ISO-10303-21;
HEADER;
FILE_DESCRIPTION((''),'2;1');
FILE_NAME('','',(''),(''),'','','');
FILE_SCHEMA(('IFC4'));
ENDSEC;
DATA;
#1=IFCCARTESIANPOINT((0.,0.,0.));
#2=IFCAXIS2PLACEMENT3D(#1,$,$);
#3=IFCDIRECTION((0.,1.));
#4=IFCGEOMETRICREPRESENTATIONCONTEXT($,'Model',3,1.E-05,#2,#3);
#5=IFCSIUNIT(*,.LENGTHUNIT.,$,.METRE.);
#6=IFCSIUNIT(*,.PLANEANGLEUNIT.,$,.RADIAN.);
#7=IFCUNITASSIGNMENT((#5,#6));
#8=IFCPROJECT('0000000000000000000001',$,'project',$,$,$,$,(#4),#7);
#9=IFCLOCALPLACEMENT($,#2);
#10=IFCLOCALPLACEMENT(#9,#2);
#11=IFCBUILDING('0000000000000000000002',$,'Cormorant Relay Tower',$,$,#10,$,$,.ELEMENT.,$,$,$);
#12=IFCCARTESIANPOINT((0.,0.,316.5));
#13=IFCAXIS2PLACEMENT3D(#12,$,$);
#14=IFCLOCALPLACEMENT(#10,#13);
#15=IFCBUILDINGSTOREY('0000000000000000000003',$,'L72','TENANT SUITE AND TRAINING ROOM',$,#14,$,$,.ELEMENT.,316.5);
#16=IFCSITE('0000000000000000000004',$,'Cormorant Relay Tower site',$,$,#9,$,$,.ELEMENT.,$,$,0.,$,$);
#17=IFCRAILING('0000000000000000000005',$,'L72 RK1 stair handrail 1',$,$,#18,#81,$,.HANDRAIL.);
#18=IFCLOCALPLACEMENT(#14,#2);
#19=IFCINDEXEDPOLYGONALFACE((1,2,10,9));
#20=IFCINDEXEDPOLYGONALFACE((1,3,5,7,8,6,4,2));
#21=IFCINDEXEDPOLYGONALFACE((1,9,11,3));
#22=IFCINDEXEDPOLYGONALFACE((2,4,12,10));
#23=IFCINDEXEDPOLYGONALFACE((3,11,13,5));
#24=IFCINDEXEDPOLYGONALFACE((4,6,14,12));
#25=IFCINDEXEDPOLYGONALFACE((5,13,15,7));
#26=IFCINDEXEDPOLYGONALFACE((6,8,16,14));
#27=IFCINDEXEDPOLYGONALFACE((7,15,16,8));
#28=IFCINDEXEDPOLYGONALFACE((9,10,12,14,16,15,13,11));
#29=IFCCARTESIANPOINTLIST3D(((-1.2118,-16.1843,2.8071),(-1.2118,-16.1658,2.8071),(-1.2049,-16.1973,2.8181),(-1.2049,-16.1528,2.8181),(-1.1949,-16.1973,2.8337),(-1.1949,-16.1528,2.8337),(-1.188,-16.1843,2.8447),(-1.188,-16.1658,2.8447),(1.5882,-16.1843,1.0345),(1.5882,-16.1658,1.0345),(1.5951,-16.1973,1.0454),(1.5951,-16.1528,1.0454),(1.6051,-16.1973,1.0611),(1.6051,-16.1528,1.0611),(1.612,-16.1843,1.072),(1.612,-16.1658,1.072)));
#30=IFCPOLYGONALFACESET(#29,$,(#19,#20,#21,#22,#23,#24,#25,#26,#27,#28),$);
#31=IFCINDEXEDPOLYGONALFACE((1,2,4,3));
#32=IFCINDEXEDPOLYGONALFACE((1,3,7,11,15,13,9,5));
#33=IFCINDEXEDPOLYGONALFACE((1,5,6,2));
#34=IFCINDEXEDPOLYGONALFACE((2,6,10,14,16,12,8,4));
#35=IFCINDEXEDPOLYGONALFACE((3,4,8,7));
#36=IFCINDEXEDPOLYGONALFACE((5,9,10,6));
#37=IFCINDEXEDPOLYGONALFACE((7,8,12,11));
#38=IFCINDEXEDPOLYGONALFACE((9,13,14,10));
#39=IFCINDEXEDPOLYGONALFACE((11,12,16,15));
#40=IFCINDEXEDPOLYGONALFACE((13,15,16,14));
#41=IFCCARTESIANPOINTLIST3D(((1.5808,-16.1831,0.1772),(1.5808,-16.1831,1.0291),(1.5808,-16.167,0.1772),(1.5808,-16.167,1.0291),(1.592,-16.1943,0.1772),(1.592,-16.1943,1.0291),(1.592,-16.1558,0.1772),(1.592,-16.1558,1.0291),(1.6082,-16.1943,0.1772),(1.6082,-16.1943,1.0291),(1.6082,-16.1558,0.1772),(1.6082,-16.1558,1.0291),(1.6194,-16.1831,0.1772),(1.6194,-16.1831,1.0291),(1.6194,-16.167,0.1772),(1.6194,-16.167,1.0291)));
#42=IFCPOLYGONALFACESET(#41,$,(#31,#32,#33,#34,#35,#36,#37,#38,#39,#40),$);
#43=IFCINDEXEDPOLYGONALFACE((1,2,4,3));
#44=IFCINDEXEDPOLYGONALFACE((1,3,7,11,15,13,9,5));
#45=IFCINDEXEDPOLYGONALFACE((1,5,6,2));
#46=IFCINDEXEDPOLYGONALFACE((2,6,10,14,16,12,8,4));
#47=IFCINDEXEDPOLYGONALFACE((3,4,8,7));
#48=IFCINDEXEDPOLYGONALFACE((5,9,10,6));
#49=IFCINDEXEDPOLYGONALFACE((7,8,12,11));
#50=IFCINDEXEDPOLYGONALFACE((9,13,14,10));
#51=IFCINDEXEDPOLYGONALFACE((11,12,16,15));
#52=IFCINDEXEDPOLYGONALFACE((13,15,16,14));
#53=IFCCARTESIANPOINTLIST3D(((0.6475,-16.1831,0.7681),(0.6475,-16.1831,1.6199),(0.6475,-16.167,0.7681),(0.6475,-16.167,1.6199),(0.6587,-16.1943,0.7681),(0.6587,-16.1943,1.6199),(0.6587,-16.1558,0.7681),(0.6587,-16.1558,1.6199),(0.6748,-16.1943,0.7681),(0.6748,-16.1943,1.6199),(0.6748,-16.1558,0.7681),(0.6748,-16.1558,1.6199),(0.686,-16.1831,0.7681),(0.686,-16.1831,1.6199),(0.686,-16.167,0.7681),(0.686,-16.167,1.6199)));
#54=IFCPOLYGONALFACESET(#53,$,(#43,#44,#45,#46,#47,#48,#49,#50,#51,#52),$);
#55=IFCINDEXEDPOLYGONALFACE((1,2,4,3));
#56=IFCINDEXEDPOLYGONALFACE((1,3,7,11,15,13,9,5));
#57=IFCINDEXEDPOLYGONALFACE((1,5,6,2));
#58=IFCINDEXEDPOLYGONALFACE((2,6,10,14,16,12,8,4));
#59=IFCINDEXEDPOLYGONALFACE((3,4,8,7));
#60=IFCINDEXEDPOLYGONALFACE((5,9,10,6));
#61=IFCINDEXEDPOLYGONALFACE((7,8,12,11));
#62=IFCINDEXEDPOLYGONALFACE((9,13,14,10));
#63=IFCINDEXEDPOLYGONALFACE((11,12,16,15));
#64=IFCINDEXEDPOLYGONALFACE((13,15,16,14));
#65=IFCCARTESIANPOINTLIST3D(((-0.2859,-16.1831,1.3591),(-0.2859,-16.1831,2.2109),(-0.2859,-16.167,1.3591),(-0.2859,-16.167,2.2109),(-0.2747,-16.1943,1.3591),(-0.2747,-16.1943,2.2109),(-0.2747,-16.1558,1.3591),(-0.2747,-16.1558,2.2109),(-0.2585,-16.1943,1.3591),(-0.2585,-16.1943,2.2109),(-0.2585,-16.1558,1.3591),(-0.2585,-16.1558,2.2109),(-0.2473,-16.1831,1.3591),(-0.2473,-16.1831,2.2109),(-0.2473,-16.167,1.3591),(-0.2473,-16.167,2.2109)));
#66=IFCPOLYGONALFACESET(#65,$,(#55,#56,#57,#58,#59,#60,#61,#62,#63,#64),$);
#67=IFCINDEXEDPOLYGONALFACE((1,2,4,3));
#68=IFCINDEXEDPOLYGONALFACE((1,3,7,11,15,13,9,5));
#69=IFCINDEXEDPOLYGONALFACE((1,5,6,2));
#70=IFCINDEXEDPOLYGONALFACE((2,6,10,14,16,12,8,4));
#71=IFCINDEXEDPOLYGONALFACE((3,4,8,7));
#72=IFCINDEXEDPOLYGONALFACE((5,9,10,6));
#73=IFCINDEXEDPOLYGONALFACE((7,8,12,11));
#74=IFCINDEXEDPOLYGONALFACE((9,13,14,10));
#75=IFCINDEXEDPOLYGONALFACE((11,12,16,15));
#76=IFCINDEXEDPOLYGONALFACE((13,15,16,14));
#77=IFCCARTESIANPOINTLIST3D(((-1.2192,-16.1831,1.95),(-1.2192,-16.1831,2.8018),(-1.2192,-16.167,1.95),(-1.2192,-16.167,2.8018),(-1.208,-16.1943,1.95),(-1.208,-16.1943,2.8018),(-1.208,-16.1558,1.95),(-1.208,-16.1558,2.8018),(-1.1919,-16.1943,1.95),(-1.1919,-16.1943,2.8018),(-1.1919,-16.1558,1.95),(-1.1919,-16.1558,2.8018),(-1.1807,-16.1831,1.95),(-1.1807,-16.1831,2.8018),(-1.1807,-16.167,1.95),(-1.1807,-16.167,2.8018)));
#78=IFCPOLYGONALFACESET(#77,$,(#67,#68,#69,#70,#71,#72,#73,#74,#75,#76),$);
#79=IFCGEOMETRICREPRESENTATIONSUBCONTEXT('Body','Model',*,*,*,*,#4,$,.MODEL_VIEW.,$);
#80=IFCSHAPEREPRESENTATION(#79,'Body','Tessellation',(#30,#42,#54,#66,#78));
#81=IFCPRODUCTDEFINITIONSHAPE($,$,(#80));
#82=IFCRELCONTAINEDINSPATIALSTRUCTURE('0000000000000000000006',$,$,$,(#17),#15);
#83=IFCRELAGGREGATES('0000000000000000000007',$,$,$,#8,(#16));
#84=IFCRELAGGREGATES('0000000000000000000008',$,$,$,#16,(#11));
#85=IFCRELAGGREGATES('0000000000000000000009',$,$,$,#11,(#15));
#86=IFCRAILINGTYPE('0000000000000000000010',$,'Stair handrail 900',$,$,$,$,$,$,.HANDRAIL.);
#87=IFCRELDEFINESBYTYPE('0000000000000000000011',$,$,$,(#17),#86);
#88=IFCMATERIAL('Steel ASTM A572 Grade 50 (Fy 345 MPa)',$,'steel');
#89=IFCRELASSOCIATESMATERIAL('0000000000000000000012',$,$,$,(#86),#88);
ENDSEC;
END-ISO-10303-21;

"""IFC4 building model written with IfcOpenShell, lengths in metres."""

from ifc_helpers import new_model, si_unit, direction, frame, origin, place, context, subcontext, project, spatial, polyline, outline, extrude, material, type_object, element, save


model = new_model("IFC4")

# Units and contexts
model_context = context("Model", 3, precision=1e-05, world=origin(), true_north=direction((0.0, 1.0)))
body_context = subcontext(model_context, "Body", "Model", "MODEL_VIEW")
ifc_project = project(units=[si_unit("LENGTHUNIT", "METRE"), si_unit("PLANEANGLEUNIT", "RADIAN")], contexts=[model_context])

# Site, building, storey
site_placement = place(None, origin())
site = spatial("IfcSite", under=ifc_project, at=site_placement, Name="Cormorant Relay Tower site", CompositionType="ELEMENT", RefElevation=0.0)
building_placement = place(site_placement, origin())
building = spatial("IfcBuilding", under=site, at=building_placement, Name="Cormorant Relay Tower", CompositionType="ELEMENT")
storey_placement = place(building_placement, frame((0.0, 0.0, 316.5)))
storey = spatial("IfcBuildingStorey", under=building, at=storey_placement, Name="L72", Description="TENANT SUITE AND TRAINING ROOM", CompositionType="ELEMENT", Elevation=316.5)

# Railing
ifc_material_1 = material(Name="Steel ASTM A572 Grade 50 (Fy 345 MPa)", Category="steel")
railing_type = type_object("IfcRailingType", Name="Stair handrail 900", PredefinedType="HANDRAIL", material=ifc_material_1)
railing_placement = place(storey_placement, frame((1.6001, -16.175, 0.1772)))
element("IfcRailing", 1, at=railing_placement, inside=storey, type_object=railing_type, Name="L72 RK1 stair handrail 1", PredefinedType="HANDRAIL", context=body_context, shape_type="SweptSolid", body=[
    extrude(outline(polyline([(0.0222, 0.0093), (0.0093, 0.0222), (-0.0093, 0.0222), (-0.0222, 0.0093), (-0.0222, -0.0093), (-0.0093, -0.0222), (0.0093, -0.0222), (0.0222, -0.0093), (0.0222, 0.0093)])), frame((0.0, 0.0, 0.876), z_axis=(-0.844909, 0.0, 0.53491), x_axis=(0.0, -1.0, 0.0)), (0.0, 0.0, 1.0), 3.314),
    extrude(outline(polyline([(0.0193, 0.0081), (0.0081, 0.0193), (-0.0081, 0.0193), (-0.0193, 0.0081), (-0.0193, -0.0081), (-0.0081, -0.0193), (0.0081, -0.0193), (0.0193, -0.0081), (0.0193, 0.0081)])), origin(), (0.0, 0.0, 1.0), 0.8518),
    extrude(outline(polyline([(0.0193, 0.0081), (0.0081, 0.0193), (-0.0081, 0.0193), (-0.0193, 0.0081), (-0.0193, -0.0081), (-0.0081, -0.0193), (0.0081, -0.0193), (0.0193, -0.0081), (0.0193, 0.0081)])), frame((-0.9333, 0.0, 0.5908)), (0.0, 0.0, 1.0), 0.8518),
    extrude(outline(polyline([(0.0193, 0.0081), (0.0081, 0.0193), (-0.0081, 0.0193), (-0.0193, 0.0081), (-0.0193, -0.0081), (-0.0081, -0.0193), (0.0081, -0.0193), (0.0193, -0.0081), (0.0193, 0.0081)])), frame((-1.8667, 0.0, 1.1819)), (0.0, 0.0, 1.0), 0.8518),
    extrude(outline(polyline([(0.0193, 0.0081), (0.0081, 0.0193), (-0.0081, 0.0193), (-0.0193, 0.0081), (-0.0193, -0.0081), (-0.0081, -0.0193), (0.0081, -0.0193), (0.0193, -0.0081), (0.0193, 0.0081)])), frame((-2.8, 0.0, 1.7727)), (0.0, 0.0, 1.0), 0.8518),
])

save(model, "model.ifc")
